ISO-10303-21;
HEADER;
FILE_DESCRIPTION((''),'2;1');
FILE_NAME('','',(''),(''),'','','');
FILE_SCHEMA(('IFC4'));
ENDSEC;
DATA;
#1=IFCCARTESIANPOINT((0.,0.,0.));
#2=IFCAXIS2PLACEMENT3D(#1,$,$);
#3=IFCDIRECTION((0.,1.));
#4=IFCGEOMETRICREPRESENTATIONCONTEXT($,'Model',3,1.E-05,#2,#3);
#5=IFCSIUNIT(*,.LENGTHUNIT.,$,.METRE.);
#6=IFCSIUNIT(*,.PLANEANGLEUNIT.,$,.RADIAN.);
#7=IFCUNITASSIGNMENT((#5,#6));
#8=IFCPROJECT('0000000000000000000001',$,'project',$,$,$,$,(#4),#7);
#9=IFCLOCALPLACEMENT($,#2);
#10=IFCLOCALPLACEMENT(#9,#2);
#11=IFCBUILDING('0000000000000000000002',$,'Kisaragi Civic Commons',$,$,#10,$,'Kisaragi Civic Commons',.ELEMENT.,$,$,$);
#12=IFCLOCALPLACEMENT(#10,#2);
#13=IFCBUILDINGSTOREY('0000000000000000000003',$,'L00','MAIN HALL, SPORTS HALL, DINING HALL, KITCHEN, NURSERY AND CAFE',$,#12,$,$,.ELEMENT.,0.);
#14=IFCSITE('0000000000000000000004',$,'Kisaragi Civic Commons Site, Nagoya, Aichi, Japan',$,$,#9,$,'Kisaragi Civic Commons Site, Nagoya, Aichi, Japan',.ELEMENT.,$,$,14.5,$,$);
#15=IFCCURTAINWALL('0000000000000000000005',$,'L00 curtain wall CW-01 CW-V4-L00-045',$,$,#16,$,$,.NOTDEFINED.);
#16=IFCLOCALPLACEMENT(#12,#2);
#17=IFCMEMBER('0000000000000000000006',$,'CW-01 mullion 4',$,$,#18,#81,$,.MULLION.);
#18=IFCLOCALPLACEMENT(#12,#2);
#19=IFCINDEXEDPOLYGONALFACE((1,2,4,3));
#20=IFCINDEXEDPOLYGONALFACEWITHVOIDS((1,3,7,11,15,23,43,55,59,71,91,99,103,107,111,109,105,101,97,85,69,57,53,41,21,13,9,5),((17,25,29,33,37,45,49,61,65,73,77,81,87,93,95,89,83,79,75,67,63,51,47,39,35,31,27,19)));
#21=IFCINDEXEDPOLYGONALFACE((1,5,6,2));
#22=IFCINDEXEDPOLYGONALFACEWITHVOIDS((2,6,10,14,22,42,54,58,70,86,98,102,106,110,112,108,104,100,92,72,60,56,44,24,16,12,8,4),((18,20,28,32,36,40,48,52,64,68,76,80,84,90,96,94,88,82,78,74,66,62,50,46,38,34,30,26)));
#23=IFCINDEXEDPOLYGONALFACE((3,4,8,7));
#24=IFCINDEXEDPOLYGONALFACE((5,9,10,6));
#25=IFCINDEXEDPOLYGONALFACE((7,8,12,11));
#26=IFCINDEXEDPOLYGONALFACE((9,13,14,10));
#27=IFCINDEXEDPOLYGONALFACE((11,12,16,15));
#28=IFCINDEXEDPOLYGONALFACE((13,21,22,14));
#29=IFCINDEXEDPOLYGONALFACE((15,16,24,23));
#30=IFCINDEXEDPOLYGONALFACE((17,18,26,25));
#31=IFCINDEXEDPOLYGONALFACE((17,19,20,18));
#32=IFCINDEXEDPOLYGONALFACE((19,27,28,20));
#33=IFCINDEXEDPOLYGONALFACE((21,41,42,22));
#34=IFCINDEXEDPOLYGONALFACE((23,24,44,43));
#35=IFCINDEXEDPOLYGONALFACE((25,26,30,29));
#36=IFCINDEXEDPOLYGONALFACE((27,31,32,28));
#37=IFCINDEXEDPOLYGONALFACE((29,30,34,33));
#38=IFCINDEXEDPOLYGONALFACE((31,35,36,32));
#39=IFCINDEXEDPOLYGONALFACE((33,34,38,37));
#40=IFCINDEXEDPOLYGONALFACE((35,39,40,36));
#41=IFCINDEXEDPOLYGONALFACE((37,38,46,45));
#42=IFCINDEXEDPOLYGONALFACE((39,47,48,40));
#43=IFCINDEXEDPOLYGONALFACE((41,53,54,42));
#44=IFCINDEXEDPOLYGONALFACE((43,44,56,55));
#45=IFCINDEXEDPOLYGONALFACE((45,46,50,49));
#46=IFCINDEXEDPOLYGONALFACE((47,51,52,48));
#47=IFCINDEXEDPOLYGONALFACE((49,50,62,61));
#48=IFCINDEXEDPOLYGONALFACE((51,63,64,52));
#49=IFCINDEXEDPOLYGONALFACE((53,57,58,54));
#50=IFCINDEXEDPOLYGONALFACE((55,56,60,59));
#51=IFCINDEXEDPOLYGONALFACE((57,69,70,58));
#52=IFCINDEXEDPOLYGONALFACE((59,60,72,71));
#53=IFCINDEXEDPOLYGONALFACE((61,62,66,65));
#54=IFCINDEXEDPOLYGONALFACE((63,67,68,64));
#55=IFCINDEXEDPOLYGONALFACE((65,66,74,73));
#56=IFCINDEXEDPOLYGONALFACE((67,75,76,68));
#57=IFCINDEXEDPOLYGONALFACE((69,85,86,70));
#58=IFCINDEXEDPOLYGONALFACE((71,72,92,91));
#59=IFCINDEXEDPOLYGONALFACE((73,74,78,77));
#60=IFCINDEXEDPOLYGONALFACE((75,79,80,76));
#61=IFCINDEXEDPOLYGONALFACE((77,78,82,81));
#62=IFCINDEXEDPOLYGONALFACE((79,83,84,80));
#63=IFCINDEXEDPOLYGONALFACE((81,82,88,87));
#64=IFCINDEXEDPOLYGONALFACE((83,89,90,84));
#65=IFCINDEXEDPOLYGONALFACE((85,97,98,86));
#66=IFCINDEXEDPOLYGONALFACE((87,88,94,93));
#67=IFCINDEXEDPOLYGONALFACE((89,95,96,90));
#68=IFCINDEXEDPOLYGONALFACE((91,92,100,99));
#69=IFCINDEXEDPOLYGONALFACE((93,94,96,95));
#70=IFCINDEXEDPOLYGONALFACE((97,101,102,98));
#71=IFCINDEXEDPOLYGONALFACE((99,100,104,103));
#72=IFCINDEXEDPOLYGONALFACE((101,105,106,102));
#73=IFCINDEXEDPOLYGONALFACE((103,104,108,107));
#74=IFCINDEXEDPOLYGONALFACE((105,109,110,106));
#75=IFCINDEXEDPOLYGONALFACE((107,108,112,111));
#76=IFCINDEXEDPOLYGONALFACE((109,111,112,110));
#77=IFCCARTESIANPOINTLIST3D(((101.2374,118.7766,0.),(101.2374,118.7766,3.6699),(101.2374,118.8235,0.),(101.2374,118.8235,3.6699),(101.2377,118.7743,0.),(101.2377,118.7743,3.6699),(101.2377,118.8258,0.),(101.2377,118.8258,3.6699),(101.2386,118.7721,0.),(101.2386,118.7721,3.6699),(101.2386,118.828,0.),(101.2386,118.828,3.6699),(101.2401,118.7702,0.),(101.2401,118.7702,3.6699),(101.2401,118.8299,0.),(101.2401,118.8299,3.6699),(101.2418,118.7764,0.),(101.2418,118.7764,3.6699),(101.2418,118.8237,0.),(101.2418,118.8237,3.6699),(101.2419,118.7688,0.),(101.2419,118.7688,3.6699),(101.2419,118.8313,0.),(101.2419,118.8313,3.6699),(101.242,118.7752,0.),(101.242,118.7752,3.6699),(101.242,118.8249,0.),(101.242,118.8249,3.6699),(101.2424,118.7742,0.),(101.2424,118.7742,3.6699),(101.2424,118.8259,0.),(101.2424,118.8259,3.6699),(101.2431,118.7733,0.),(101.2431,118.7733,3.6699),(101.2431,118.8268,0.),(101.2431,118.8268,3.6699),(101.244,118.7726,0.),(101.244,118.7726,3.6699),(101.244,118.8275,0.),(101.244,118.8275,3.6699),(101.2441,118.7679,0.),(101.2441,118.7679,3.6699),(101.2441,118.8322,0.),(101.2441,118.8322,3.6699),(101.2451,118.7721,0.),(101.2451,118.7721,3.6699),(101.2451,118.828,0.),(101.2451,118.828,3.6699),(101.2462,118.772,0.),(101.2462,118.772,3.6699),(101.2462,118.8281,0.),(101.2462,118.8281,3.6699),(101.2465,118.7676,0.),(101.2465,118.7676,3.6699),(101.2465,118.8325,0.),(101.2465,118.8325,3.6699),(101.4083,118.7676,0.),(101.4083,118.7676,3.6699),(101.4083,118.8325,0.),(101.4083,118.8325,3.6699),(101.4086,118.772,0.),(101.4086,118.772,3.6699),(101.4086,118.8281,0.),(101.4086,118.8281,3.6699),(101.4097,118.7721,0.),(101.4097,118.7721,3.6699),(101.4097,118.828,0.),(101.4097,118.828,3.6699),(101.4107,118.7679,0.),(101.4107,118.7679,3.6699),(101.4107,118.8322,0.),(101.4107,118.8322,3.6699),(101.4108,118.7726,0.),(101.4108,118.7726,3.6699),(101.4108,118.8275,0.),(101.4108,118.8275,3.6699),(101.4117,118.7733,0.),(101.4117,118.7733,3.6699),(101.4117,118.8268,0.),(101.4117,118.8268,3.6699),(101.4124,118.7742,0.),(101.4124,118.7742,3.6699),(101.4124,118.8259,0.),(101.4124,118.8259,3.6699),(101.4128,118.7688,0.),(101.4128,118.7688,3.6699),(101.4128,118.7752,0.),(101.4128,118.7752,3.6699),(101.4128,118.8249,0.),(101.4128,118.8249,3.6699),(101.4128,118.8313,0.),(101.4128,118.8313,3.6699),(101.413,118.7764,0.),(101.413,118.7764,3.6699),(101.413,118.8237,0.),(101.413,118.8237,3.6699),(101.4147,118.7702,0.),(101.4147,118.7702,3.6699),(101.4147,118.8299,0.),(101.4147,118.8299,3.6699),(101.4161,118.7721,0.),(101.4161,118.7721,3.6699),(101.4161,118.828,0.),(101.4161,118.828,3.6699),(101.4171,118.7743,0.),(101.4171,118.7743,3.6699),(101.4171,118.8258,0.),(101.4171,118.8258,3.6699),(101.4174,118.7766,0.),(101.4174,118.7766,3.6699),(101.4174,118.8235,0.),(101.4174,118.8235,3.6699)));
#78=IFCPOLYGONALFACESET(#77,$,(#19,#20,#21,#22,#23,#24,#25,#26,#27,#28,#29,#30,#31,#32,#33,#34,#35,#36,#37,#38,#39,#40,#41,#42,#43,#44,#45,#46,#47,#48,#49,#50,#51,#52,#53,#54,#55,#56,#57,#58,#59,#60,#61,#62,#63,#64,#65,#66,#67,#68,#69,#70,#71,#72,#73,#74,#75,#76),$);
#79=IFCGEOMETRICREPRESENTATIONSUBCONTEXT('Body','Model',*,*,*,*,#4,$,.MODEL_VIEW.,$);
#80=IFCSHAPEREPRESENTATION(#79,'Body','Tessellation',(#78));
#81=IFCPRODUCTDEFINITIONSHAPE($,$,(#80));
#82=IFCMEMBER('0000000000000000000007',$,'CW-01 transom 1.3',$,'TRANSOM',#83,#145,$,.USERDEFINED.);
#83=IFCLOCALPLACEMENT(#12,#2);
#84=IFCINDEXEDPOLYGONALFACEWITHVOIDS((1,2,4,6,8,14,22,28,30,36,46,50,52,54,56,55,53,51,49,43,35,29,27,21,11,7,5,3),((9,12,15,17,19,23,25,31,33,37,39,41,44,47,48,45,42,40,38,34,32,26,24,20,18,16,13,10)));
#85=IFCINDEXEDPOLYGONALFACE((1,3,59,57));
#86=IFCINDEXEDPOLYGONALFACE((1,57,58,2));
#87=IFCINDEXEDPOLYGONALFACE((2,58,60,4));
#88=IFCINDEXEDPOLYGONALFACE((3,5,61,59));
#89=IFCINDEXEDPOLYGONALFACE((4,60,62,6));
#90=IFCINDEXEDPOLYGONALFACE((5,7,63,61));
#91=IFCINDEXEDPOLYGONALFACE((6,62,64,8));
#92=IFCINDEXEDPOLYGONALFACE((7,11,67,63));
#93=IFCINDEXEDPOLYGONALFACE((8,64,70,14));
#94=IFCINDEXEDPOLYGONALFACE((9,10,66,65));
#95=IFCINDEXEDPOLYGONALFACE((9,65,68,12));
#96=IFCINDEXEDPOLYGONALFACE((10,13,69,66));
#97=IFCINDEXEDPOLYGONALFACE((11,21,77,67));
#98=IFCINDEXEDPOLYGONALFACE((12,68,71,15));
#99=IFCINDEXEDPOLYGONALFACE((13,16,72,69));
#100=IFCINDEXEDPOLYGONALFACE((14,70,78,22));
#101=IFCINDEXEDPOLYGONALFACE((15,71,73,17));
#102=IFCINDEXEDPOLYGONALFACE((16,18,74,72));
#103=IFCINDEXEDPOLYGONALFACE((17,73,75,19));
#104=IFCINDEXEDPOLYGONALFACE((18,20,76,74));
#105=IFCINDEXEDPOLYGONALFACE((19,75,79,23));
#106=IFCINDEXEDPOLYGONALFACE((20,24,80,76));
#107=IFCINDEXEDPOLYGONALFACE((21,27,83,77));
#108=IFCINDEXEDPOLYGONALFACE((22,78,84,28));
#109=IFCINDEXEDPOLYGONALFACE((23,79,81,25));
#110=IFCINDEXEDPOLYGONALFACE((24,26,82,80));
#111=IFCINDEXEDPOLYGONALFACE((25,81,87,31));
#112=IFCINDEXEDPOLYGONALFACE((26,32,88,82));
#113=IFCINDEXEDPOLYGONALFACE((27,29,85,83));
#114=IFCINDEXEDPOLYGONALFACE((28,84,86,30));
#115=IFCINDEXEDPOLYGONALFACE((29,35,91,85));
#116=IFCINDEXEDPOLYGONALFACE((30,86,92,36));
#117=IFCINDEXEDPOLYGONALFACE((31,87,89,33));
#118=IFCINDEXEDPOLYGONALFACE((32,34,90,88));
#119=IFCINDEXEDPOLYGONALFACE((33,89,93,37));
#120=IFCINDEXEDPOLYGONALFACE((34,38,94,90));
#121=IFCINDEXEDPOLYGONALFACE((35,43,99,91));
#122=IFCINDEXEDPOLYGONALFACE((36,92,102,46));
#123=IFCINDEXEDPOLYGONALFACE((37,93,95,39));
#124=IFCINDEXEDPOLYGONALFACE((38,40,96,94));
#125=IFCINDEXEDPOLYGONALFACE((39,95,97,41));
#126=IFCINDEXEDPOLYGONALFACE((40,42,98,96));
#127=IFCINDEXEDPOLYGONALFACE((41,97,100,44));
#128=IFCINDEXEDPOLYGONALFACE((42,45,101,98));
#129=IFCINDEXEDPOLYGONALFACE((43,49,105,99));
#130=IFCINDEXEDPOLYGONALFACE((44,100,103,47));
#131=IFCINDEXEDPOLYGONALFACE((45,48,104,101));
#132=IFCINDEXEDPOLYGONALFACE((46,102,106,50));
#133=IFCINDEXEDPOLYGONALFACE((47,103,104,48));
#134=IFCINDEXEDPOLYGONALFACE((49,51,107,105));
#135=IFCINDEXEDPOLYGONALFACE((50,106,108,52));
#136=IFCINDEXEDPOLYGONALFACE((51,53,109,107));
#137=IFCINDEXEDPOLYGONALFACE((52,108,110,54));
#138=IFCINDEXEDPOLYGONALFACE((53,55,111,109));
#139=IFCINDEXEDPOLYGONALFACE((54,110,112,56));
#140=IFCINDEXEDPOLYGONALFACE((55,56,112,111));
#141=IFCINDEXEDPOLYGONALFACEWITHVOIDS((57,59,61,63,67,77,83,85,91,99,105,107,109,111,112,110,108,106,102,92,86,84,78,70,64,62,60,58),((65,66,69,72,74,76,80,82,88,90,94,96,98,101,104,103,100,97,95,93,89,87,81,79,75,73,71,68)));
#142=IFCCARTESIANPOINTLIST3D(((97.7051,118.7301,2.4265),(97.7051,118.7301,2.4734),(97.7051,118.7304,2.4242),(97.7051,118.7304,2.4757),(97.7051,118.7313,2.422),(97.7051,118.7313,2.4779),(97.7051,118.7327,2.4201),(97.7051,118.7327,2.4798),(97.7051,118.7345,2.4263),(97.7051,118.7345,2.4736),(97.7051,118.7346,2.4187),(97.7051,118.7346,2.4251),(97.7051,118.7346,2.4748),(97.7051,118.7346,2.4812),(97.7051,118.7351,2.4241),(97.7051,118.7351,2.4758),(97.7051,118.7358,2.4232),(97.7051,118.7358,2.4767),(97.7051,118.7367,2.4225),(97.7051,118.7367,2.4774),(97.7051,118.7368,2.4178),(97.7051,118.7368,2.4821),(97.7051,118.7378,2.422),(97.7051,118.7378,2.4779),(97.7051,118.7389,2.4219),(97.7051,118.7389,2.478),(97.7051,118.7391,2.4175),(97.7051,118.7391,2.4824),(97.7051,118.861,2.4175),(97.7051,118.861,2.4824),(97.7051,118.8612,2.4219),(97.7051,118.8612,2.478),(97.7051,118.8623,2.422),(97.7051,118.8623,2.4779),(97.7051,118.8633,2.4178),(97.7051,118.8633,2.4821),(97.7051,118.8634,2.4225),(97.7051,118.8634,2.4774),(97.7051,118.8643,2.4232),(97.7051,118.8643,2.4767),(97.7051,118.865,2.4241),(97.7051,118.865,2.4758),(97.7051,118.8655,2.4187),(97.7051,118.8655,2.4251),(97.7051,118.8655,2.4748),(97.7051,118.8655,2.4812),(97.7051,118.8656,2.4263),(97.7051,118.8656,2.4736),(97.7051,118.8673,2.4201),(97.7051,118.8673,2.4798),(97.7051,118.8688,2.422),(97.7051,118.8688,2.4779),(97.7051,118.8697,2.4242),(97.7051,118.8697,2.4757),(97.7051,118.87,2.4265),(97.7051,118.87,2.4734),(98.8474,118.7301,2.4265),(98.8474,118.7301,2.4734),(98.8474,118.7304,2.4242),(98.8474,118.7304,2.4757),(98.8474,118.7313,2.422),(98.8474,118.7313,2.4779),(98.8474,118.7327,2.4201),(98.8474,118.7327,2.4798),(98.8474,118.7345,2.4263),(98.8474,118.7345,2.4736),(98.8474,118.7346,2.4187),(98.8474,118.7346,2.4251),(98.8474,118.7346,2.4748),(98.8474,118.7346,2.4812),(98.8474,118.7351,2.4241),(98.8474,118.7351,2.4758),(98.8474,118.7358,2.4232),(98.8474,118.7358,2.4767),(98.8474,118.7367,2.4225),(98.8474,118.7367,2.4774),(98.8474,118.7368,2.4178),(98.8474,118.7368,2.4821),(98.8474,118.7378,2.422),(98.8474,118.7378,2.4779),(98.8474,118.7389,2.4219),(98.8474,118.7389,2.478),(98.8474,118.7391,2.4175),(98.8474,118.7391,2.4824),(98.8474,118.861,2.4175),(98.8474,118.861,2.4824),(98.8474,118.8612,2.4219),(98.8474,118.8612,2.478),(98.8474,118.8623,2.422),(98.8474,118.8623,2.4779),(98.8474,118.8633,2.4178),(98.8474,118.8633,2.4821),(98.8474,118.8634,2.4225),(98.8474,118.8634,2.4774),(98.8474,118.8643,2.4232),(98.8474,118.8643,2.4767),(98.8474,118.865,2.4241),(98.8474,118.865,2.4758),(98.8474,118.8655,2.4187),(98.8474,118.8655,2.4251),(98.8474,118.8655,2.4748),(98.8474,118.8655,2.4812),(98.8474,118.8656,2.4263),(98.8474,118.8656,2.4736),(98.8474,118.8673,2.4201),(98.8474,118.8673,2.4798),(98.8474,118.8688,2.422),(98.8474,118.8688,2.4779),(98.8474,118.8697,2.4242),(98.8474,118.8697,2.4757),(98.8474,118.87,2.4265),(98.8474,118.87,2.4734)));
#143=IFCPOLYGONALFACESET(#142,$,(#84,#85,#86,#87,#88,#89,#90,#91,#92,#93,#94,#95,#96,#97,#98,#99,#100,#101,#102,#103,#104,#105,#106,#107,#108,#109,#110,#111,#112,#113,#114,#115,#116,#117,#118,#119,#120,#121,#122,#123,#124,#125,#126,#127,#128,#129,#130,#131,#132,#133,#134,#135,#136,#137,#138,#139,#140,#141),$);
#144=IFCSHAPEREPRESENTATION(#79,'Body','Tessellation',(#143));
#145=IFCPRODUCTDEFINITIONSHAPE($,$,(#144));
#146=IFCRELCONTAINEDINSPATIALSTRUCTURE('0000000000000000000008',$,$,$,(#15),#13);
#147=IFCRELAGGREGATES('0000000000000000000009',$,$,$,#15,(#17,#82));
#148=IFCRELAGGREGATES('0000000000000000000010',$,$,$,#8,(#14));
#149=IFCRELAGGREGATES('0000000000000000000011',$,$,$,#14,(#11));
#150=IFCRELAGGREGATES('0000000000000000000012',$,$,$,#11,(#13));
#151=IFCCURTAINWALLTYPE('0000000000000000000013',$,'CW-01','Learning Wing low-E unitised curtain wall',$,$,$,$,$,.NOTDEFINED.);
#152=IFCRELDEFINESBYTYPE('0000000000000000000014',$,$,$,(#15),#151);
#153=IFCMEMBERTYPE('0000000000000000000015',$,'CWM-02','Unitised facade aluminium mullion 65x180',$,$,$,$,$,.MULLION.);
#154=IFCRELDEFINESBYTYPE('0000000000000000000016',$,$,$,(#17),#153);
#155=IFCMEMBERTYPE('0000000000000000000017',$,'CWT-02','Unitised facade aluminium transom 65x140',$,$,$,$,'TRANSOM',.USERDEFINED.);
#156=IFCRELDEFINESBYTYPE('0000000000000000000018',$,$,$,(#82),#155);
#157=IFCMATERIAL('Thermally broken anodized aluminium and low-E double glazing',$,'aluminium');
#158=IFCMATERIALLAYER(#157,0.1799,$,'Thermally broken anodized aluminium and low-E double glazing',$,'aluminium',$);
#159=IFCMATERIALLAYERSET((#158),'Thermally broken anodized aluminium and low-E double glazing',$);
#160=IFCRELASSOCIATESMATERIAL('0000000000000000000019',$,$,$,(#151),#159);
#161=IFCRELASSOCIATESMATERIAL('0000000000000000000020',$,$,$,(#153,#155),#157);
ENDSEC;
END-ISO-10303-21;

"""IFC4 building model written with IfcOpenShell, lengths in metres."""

from ifc_helpers import new_model, si_unit, direction, frame, origin, origin_2d, place, context, subcontext, project, spatial, hollow_rectangle, extrude, material, layer, layer_set, material_profile, profile_set, type_object, element, aggregate, save


model = new_model("IFC4")

# Units and contexts
model_context = context("Model", 3, precision=1e-05, world=origin(), true_north=direction((0.0, 1.0)))
body_context = subcontext(model_context, "Body", "Model", "MODEL_VIEW")
ifc_project = project(units=[si_unit("LENGTHUNIT", "METRE"), si_unit("PLANEANGLEUNIT", "RADIAN")], contexts=[model_context])

# Site, building, storey
site_placement = place(None, origin())
site = spatial("IfcSite", under=ifc_project, at=site_placement, Name="Kisaragi Civic Commons Site, Nagoya, Aichi, Japan", LongName="Kisaragi Civic Commons Site, Nagoya, Aichi, Japan", CompositionType="ELEMENT", RefElevation=14.5)
building_placement = place(site_placement, origin())
building = spatial("IfcBuilding", under=site, at=building_placement, Name="Kisaragi Civic Commons", LongName="Kisaragi Civic Commons", CompositionType="ELEMENT")
storey_placement = place(building_placement, origin())
storey = spatial("IfcBuildingStorey", under=building, at=storey_placement, Name="L00", Description="MAIN HALL, SPORTS HALL, DINING HALL, KITCHEN, NURSERY AND CAFE", CompositionType="ELEMENT", Elevation=0.0)

# Curtain wall, members
ifc_material_1 = material(Name="Thermally broken anodized aluminium and low-E double glazing", Category="aluminium")
ifc_layer_1 = layer(ifc_material_1, 0.1799, Name="Thermally broken anodized aluminium and low-E double glazing", Category="aluminium")
ifc_layer_set_1 = layer_set([ifc_layer_1], Name="Thermally broken anodized aluminium and low-E double glazing")
curtain_wall_type = type_object("IfcCurtainWallType", Name="CW-01", Description="Learning Wing low-E unitised curtain wall", PredefinedType="NOTDEFINED", material=ifc_layer_set_1)
curtain_wall_placement = place(storey_placement, origin())
curtain_wall = element("IfcCurtainWall", 1, at=curtain_wall_placement, inside=storey, type_object=curtain_wall_type, Name="L00 curtain wall CW-01 CW-V4-L00-045", PredefinedType="NOTDEFINED")
ifc_material_profile_1 = material_profile(ifc_material_1, hollow_rectangle(XDim=0.0649, YDim=0.1799, WallThickness=0.0044, InnerFilletRadius=0.0044, OuterFilletRadius=0.009, at=origin_2d()), Name="CWM-65x180x4.5", Category="aluminium")
ifc_profile_set_1 = profile_set([ifc_material_profile_1], Name="Thermally broken anodized aluminium and low-E double glazing")
member_type_1 = type_object("IfcMemberType", Name="CWM-02", Description="Unitised facade aluminium mullion 65x180", PredefinedType="MULLION", material=ifc_profile_set_1)
member_1_placement = place(storey_placement, frame((101.3274, 118.8, 0.0), z_axis=(0.0, 0.0, 1.0), x_axis=(0.0, 1.0, 0.0)))
member_1 = element("IfcMember", 2, at=member_1_placement, type_object=member_type_1, Name="CW-01 mullion 4", PredefinedType="MULLION", context=body_context, shape_type="SweptSolid", body=[
    extrude(hollow_rectangle(XDim=0.0649, YDim=0.1799, WallThickness=0.0044, InnerFilletRadius=0.0044, OuterFilletRadius=0.009, at=origin_2d()), origin(), (0.0, 0.0, 1.0), 3.6699),
])
ifc_material_profile_2 = material_profile(ifc_material_1, hollow_rectangle(XDim=0.1399, YDim=0.0649, WallThickness=0.0044, InnerFilletRadius=0.0044, OuterFilletRadius=0.009, at=origin_2d()), Name="CWT-65x140x4.5", Category="aluminium")
ifc_profile_set_2 = profile_set([ifc_material_profile_2], Name="Thermally broken anodized aluminium and low-E double glazing")
member_type_2 = type_object("IfcMemberType", Name="CWT-02", Description="Unitised facade aluminium transom 65x140", ElementType="TRANSOM", PredefinedType="USERDEFINED", material=ifc_profile_set_2)
member_2_placement = place(storey_placement, frame((97.7051, 118.8, 2.45), z_axis=(1.0, 0.0, 0.0), x_axis=(0.0, 1.0, 0.0)))
member_2 = element("IfcMember", 3, at=member_2_placement, type_object=member_type_2, Name="CW-01 transom 1.3", ObjectType="TRANSOM", PredefinedType="USERDEFINED", context=body_context, shape_type="SweptSolid", body=[
    extrude(hollow_rectangle(XDim=0.1399, YDim=0.0649, WallThickness=0.0044, InnerFilletRadius=0.0044, OuterFilletRadius=0.009, at=origin_2d()), origin(), (0.0, 0.0, 1.0), 1.1423),
])

aggregate(curtain_wall, [member_1, member_2])

save(model, "model.ifc")
